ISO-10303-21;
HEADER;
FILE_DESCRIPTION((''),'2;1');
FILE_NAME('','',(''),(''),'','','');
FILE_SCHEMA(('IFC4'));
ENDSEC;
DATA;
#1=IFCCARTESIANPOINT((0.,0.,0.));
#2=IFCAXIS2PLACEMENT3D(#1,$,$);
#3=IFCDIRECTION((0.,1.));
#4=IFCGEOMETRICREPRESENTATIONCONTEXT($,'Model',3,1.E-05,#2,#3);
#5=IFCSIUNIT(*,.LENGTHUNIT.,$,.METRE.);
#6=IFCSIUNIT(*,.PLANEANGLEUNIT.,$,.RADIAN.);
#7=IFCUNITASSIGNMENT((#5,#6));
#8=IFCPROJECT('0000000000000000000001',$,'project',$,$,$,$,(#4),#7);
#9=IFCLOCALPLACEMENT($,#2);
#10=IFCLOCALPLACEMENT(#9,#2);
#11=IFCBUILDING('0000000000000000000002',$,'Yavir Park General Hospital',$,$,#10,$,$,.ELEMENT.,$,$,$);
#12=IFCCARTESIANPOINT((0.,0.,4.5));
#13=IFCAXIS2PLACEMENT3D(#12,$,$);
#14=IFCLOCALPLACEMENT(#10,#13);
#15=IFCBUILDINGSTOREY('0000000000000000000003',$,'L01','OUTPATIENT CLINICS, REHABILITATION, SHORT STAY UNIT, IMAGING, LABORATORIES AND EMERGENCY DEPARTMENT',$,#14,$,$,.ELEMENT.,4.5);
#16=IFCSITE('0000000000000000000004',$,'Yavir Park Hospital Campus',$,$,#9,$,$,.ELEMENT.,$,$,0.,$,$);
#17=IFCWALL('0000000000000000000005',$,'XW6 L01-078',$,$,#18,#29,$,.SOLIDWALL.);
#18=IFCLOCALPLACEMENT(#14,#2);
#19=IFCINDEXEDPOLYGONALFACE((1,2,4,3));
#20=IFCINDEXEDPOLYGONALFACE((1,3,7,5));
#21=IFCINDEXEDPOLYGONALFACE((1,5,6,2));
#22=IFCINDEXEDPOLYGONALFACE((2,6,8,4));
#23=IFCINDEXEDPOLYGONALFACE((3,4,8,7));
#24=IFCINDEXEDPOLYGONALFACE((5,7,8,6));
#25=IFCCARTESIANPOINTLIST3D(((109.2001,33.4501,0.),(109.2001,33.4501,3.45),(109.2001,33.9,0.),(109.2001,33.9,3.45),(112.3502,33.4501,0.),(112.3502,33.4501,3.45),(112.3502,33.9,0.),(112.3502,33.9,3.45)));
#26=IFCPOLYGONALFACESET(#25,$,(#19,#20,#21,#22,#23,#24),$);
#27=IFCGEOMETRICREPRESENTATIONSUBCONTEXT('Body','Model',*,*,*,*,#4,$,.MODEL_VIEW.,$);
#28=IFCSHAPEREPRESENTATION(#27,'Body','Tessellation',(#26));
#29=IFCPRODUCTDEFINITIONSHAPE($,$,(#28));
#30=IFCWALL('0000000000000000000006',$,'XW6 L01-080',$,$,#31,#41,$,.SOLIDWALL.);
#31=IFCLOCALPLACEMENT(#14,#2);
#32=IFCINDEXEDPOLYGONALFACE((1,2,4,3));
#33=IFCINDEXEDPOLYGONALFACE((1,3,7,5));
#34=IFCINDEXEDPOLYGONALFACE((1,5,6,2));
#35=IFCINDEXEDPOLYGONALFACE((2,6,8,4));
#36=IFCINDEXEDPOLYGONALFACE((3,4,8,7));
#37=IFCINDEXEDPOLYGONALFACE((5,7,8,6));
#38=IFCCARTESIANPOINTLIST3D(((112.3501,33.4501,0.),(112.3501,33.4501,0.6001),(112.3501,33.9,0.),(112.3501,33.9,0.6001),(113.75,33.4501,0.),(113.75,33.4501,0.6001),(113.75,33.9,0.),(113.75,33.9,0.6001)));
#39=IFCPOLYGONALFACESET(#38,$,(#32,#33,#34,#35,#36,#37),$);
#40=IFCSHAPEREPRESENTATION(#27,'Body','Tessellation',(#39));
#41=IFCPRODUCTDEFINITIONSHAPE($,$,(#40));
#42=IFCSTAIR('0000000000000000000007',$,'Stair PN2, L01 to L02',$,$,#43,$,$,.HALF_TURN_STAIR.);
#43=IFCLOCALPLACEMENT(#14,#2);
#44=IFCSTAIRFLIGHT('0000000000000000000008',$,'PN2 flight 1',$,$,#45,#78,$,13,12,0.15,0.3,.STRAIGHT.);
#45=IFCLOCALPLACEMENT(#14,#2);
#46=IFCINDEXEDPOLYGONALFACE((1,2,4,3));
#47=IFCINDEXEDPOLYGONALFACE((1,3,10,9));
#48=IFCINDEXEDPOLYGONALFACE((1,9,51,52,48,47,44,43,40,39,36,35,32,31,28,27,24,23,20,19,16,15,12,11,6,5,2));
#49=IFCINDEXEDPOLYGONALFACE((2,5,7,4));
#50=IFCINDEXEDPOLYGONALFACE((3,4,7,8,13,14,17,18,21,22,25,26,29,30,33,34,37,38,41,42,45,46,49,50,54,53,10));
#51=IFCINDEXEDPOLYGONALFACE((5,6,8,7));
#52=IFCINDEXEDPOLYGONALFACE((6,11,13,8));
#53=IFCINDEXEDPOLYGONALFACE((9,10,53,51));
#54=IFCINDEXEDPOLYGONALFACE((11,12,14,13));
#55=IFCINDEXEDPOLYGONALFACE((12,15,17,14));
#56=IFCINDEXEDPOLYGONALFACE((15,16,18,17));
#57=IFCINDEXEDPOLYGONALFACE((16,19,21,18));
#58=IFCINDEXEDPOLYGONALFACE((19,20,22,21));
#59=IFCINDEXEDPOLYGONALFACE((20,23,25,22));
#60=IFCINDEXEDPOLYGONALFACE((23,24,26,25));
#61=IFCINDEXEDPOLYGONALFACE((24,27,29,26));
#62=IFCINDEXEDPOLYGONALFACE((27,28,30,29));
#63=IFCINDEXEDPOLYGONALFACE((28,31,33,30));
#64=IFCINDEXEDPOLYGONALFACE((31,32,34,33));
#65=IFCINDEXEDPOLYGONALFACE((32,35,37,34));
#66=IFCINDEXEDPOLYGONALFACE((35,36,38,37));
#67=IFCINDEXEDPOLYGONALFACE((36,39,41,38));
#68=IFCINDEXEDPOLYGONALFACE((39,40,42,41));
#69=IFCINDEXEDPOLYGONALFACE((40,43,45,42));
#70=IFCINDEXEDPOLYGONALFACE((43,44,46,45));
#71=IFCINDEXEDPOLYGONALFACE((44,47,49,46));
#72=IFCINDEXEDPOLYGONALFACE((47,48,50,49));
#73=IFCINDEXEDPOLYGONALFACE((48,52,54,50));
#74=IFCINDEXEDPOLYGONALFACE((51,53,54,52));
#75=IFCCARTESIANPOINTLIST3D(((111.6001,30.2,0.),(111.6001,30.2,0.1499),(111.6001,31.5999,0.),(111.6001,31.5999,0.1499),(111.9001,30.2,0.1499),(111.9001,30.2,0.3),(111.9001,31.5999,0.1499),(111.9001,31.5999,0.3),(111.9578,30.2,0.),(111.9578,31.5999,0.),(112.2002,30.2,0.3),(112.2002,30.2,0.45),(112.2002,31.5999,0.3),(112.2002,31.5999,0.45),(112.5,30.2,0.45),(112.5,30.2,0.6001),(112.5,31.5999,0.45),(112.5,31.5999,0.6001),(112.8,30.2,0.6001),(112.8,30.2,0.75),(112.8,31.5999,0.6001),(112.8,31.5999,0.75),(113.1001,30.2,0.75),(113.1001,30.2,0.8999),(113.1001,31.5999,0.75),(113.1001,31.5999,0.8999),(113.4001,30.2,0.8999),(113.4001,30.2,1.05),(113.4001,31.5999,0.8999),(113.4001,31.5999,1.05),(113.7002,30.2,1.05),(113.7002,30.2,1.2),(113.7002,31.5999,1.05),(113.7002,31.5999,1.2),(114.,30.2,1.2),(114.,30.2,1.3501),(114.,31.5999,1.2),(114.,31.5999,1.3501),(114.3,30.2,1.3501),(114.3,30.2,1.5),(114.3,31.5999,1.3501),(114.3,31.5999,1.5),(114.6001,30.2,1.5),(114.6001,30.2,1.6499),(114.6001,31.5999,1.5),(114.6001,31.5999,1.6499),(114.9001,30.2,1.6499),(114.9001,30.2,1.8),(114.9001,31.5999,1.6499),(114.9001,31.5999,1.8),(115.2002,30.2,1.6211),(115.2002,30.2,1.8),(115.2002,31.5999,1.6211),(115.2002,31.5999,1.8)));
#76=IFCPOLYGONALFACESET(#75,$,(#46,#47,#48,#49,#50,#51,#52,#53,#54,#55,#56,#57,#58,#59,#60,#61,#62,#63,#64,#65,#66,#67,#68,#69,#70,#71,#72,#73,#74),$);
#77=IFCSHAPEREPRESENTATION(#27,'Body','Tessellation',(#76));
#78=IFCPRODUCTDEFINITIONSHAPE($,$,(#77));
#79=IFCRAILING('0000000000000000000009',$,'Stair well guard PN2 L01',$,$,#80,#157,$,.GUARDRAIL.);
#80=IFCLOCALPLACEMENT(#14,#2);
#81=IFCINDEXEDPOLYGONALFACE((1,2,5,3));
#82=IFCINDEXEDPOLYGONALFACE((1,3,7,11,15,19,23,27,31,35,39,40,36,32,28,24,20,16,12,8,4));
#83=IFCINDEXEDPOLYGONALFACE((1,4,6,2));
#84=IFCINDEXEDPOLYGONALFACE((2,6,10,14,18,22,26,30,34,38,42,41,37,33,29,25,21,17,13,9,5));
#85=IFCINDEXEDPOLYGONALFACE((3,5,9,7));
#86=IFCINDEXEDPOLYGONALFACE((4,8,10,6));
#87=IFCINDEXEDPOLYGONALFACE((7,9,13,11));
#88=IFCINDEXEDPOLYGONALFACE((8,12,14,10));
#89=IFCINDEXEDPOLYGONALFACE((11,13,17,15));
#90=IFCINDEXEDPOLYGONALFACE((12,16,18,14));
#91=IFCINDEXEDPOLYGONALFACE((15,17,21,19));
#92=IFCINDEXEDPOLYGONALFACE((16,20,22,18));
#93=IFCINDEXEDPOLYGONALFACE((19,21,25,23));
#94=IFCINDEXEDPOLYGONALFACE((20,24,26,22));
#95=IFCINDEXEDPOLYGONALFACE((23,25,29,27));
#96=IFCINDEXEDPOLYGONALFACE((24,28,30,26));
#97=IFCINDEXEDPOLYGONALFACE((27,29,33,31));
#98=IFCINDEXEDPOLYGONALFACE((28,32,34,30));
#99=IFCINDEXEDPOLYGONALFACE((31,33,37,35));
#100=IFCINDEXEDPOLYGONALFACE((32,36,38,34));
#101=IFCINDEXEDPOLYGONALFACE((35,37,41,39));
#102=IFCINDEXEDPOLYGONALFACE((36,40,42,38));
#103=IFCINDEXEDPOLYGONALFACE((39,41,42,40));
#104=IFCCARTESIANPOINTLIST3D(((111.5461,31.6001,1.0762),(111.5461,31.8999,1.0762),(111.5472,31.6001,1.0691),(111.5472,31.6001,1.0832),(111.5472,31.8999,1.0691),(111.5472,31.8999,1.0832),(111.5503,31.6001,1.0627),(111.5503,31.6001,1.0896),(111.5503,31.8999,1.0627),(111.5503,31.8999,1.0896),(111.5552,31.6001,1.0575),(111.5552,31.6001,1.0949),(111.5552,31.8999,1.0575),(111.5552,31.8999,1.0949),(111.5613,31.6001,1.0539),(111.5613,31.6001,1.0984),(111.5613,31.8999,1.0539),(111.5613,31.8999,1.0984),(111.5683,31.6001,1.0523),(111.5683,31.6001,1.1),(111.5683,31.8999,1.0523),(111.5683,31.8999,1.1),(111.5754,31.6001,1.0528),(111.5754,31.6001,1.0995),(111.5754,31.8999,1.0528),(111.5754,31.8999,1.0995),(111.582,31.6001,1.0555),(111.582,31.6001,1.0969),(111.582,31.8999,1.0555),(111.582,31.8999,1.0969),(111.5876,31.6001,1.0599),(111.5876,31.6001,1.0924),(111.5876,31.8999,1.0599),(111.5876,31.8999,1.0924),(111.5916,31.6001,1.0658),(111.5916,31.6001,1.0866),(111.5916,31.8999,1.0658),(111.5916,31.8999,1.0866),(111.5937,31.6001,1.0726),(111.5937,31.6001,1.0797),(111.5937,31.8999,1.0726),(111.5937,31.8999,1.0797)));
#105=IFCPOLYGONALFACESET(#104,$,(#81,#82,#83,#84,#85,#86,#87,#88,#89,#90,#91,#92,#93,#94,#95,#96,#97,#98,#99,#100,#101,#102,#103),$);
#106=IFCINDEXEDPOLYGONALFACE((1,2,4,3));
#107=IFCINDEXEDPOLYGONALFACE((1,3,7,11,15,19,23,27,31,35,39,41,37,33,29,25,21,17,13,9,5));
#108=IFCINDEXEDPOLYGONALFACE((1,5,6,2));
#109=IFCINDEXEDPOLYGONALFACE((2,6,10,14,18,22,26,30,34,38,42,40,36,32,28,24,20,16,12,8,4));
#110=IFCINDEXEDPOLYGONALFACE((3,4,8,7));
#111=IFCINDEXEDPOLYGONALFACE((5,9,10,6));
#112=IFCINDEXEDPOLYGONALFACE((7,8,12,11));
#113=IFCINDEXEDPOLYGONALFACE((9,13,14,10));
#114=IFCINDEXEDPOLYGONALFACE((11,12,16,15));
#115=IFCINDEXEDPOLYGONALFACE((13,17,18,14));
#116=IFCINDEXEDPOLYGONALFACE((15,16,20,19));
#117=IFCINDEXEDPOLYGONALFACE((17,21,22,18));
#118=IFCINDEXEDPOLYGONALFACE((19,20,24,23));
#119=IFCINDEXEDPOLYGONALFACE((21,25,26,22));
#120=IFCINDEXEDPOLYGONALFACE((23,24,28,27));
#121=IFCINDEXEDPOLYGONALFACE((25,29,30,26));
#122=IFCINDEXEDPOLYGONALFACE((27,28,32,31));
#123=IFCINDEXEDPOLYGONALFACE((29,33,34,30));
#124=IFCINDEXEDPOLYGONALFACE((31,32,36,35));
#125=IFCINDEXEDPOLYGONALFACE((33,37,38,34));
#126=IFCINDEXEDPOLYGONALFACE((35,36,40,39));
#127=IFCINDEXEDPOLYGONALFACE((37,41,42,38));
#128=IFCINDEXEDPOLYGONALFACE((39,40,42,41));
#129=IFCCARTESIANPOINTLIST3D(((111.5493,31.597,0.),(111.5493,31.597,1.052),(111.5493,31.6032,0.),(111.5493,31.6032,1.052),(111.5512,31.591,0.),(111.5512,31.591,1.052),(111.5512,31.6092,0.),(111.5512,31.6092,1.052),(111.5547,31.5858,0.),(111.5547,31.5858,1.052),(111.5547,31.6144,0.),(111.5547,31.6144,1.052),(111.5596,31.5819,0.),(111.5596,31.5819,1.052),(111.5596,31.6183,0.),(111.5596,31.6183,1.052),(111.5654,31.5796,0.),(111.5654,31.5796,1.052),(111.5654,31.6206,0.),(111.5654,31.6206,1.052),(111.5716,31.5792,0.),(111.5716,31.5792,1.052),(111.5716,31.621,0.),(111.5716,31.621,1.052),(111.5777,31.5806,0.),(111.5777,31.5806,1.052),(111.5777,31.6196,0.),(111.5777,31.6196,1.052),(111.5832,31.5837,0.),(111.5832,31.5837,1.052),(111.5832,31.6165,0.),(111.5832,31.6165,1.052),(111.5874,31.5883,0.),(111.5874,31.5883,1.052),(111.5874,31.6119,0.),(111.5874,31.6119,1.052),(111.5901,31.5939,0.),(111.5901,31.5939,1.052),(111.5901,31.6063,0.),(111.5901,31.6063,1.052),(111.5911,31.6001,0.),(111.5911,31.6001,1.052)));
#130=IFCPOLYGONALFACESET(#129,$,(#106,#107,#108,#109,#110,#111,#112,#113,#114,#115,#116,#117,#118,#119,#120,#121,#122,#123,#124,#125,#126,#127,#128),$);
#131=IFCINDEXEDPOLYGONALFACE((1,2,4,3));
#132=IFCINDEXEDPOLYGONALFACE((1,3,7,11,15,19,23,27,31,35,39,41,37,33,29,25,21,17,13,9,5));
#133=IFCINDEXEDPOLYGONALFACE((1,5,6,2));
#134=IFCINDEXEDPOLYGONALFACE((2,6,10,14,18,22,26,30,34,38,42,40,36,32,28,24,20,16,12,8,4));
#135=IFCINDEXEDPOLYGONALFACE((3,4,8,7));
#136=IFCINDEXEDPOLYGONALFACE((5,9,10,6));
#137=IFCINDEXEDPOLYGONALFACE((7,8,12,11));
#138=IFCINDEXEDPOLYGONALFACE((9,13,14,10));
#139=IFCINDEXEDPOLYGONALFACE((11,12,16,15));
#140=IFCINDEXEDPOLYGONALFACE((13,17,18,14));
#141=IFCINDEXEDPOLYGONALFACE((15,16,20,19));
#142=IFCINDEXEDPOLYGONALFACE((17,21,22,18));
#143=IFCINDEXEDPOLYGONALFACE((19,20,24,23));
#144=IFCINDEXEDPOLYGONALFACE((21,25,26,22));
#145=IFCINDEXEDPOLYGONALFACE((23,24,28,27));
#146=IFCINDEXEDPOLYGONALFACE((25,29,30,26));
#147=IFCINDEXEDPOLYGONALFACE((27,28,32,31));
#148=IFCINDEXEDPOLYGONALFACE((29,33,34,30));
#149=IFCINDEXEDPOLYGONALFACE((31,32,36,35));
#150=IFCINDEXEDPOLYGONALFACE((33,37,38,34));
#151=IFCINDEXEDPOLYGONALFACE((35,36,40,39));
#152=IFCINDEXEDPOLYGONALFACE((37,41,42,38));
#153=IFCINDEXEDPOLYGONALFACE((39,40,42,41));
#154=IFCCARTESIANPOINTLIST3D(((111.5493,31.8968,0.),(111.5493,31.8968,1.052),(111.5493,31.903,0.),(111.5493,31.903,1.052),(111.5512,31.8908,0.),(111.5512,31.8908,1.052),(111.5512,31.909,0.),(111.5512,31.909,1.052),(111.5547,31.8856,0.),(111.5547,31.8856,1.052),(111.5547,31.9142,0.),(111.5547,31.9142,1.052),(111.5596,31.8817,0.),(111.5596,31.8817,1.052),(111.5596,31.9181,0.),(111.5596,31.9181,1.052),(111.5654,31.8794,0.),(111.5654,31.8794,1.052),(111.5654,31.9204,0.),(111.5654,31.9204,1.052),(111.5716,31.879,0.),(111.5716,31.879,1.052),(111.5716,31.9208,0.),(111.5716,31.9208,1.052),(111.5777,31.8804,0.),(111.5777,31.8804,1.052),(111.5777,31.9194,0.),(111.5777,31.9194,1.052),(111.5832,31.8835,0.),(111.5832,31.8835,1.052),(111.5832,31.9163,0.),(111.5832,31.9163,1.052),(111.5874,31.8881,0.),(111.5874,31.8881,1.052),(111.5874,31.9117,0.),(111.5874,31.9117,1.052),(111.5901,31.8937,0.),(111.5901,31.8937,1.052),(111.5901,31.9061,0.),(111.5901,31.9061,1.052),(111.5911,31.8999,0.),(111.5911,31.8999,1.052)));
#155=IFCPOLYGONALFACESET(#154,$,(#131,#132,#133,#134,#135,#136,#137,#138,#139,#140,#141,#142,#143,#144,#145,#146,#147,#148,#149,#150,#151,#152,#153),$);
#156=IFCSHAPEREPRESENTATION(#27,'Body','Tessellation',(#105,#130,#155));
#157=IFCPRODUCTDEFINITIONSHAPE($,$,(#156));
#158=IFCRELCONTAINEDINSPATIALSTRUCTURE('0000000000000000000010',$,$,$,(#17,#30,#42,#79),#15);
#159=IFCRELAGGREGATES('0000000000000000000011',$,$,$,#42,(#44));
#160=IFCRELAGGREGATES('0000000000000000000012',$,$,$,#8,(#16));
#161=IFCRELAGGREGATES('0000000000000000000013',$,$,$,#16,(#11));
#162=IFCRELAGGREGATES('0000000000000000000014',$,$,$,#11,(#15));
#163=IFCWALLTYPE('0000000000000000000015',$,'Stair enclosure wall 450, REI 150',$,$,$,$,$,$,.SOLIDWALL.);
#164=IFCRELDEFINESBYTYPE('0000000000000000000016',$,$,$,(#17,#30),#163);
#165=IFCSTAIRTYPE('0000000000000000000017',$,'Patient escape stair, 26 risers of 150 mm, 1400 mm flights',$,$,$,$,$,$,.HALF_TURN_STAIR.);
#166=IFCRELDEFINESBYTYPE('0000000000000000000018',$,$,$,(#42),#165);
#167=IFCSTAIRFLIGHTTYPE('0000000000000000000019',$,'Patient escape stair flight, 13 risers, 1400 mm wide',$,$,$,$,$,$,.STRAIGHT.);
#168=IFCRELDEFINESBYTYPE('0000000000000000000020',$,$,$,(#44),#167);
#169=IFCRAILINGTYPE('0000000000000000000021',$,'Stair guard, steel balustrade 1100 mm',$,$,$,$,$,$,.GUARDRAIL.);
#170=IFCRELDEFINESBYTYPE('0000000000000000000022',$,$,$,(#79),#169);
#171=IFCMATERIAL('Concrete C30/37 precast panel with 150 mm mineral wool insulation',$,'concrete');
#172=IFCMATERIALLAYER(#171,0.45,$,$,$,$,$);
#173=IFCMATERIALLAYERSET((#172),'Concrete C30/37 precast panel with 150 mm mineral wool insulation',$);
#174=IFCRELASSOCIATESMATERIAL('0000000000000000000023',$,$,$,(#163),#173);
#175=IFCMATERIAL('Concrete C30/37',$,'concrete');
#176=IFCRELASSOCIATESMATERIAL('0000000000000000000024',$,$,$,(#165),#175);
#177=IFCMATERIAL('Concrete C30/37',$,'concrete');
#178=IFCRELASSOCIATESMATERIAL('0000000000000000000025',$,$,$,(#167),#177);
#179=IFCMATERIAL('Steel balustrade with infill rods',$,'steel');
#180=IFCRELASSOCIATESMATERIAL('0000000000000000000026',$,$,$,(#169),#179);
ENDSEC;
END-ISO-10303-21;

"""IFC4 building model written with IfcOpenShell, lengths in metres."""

from ifc_helpers import new_model, si_unit, direction, frame, frame_2d, origin, origin_2d, place, context, subcontext, project, spatial, polyline, rectangle, circle, outline, extrude, material, layer, layer_set, type_object, element, aggregate, save


model = new_model("IFC4")

# Units and contexts
model_context = context("Model", 3, precision=1e-05, world=origin(), true_north=direction((0.0, 1.0)))
body_context = subcontext(model_context, "Body", "Model", "MODEL_VIEW")
ifc_project = project(units=[si_unit("LENGTHUNIT", "METRE"), si_unit("PLANEANGLEUNIT", "RADIAN")], contexts=[model_context])

# Site, building, storey
site_placement = place(None, origin())
site = spatial("IfcSite", under=ifc_project, at=site_placement, Name="Yavir Park Hospital Campus", CompositionType="ELEMENT", RefElevation=0.0)
building_placement = place(site_placement, origin())
building = spatial("IfcBuilding", under=site, at=building_placement, Name="Yavir Park General Hospital", CompositionType="ELEMENT")
storey_placement = place(building_placement, frame((0.0, 0.0, 4.5)))
storey = spatial("IfcBuildingStorey", under=building, at=storey_placement, Name="L01", Description="OUTPATIENT CLINICS, REHABILITATION, SHORT STAY UNIT, IMAGING, LABORATORIES AND EMERGENCY DEPARTMENT", CompositionType="ELEMENT", Elevation=4.5)

# Walls
ifc_material_1 = material(Name="Concrete C30/37 precast panel with 150 mm mineral wool insulation", Category="concrete")
ifc_layer_1 = layer(ifc_material_1, 0.45)
ifc_layer_set_1 = layer_set([ifc_layer_1], Name="Concrete C30/37 precast panel with 150 mm mineral wool insulation")
wall_type_1 = type_object("IfcWallType", Name="Stair enclosure wall 450, REI 150", PredefinedType="SOLIDWALL", material=ifc_layer_set_1)
wall_1_placement = place(storey_placement, frame((109.2, 33.675, 0.0), z_axis=(0.0, 0.0, 1.0), x_axis=(1.0, 0.0, 0.0)))
element("IfcWall", 1, at=wall_1_placement, inside=storey, type_object=wall_type_1, Name="XW6 L01-078", PredefinedType="SOLIDWALL", context=body_context, shape_type="SweptSolid", body=[
    extrude(rectangle(XDim=3.1501, YDim=0.45, at=frame_2d((1.5752, 0.0))), origin(), (0.0, 0.0, 1.0), 3.45),
])
wall_2_placement = place(storey_placement, frame((112.3501, 33.675, 0.0), z_axis=(0.0, 0.0, 1.0), x_axis=(1.0, 0.0, 0.0)))
element("IfcWall", 2, at=wall_2_placement, inside=storey, type_object=wall_type_1, Name="XW6 L01-080", PredefinedType="SOLIDWALL", context=body_context, shape_type="SweptSolid", body=[
    extrude(rectangle(XDim=1.3999, YDim=0.45, at=frame_2d((0.7, 0.0))), origin(), (0.0, 0.0, 1.0), 0.6001),
])

# Stair, stair flight
ifc_material_2 = material(Name="Concrete C30/37", Category="concrete")
stair_type = type_object("IfcStairType", Name="Patient escape stair, 26 risers of 150 mm, 1400 mm flights", PredefinedType="HALF_TURN_STAIR", material=ifc_material_2)
stair_placement = place(storey_placement, origin())
stair = element("IfcStair", 3, at=stair_placement, inside=storey, type_object=stair_type, Name="Stair PN2, L01 to L02", PredefinedType="HALF_TURN_STAIR")
ifc_material_3 = material(Name="Concrete C30/37", Category="concrete")
stair_flight_type = type_object("IfcStairFlightType", Name="Patient escape stair flight, 13 risers, 1400 mm wide", PredefinedType="STRAIGHT", material=ifc_material_3)
stair_flight_placement = place(storey_placement, frame((111.6001, 30.8999, 0.0), z_axis=(0.0, 0.0, 1.0), x_axis=(1.0, 0.0, 0.0)))
stair_flight = element("IfcStairFlight", 4, at=stair_flight_placement, type_object=stair_flight_type, Name="PN2 flight 1", NumberOfRisers=13, NumberOfTreads=12, PredefinedType="STRAIGHT", RiserHeight=0.15, TreadLength=0.3, context=body_context, shape_type="SweptSolid", body=[
    extrude(outline(polyline([(0.0, 0.0), (0.0, 0.1499), (0.3, 0.1499), (0.3, 0.3), (0.6001, 0.3), (0.6001, 0.45), (0.8999, 0.45), (0.8999, 0.6001), (1.2, 0.6001), (1.2, 0.75), (1.5, 0.75), (1.5, 0.8999), (1.8, 0.8999), (1.8, 1.05), (2.1001, 1.05), (2.1001, 1.2), (2.3999, 1.2), (2.3999, 1.3501), (2.7, 1.3501), (2.7, 1.5), (3.0, 1.5), (3.0, 1.6499), (3.3, 1.6499), (3.3, 1.8), (3.6001, 1.8), (3.6001, 1.95), (3.6001, 1.6211), (0.3577, 0.0), (0.0, 0.0)])), frame((0.0, 0.7, 0.0), z_axis=(0.0, -1.0, 0.0), x_axis=(1.0, 0.0, 0.0)), (0.0, 0.0, 1.0), 1.3999),
])
aggregate(stair, [stair_flight])

# Railing
ifc_material_4 = material(Name="Steel balustrade with infill rods", Category="steel")
railing_type_1 = type_object("IfcRailingType", Name="Stair guard, steel balustrade 1100 mm", PredefinedType="GUARDRAIL", material=ifc_material_4)
railing_placement = place(storey_placement, frame((111.5701, 31.6001, 0.0)))
element("IfcRailing", 5, at=railing_placement, inside=storey, type_object=railing_type_1, Name="Stair well guard PN2 L01", PredefinedType="GUARDRAIL", context=body_context, shape_type="SweptSolid", body=[
    extrude(circle(Radius=0.0239, at=origin_2d()), frame((0.0, 0.0, 1.0762), z_axis=(0.0, 1.0, 0.0), x_axis=(-1.0, 0.0, 0.0)), (0.0, 0.0, 1.0), 0.2998),
    extrude(circle(Radius=0.021, at=origin_2d()), origin(), (0.0, 0.0, 1.0), 1.052),
    extrude(circle(Radius=0.021, at=origin_2d()), frame((0.0, 0.2998, 0.0)), (0.0, 0.0, 1.0), 1.052),
])

save(model, "model.ifc")
